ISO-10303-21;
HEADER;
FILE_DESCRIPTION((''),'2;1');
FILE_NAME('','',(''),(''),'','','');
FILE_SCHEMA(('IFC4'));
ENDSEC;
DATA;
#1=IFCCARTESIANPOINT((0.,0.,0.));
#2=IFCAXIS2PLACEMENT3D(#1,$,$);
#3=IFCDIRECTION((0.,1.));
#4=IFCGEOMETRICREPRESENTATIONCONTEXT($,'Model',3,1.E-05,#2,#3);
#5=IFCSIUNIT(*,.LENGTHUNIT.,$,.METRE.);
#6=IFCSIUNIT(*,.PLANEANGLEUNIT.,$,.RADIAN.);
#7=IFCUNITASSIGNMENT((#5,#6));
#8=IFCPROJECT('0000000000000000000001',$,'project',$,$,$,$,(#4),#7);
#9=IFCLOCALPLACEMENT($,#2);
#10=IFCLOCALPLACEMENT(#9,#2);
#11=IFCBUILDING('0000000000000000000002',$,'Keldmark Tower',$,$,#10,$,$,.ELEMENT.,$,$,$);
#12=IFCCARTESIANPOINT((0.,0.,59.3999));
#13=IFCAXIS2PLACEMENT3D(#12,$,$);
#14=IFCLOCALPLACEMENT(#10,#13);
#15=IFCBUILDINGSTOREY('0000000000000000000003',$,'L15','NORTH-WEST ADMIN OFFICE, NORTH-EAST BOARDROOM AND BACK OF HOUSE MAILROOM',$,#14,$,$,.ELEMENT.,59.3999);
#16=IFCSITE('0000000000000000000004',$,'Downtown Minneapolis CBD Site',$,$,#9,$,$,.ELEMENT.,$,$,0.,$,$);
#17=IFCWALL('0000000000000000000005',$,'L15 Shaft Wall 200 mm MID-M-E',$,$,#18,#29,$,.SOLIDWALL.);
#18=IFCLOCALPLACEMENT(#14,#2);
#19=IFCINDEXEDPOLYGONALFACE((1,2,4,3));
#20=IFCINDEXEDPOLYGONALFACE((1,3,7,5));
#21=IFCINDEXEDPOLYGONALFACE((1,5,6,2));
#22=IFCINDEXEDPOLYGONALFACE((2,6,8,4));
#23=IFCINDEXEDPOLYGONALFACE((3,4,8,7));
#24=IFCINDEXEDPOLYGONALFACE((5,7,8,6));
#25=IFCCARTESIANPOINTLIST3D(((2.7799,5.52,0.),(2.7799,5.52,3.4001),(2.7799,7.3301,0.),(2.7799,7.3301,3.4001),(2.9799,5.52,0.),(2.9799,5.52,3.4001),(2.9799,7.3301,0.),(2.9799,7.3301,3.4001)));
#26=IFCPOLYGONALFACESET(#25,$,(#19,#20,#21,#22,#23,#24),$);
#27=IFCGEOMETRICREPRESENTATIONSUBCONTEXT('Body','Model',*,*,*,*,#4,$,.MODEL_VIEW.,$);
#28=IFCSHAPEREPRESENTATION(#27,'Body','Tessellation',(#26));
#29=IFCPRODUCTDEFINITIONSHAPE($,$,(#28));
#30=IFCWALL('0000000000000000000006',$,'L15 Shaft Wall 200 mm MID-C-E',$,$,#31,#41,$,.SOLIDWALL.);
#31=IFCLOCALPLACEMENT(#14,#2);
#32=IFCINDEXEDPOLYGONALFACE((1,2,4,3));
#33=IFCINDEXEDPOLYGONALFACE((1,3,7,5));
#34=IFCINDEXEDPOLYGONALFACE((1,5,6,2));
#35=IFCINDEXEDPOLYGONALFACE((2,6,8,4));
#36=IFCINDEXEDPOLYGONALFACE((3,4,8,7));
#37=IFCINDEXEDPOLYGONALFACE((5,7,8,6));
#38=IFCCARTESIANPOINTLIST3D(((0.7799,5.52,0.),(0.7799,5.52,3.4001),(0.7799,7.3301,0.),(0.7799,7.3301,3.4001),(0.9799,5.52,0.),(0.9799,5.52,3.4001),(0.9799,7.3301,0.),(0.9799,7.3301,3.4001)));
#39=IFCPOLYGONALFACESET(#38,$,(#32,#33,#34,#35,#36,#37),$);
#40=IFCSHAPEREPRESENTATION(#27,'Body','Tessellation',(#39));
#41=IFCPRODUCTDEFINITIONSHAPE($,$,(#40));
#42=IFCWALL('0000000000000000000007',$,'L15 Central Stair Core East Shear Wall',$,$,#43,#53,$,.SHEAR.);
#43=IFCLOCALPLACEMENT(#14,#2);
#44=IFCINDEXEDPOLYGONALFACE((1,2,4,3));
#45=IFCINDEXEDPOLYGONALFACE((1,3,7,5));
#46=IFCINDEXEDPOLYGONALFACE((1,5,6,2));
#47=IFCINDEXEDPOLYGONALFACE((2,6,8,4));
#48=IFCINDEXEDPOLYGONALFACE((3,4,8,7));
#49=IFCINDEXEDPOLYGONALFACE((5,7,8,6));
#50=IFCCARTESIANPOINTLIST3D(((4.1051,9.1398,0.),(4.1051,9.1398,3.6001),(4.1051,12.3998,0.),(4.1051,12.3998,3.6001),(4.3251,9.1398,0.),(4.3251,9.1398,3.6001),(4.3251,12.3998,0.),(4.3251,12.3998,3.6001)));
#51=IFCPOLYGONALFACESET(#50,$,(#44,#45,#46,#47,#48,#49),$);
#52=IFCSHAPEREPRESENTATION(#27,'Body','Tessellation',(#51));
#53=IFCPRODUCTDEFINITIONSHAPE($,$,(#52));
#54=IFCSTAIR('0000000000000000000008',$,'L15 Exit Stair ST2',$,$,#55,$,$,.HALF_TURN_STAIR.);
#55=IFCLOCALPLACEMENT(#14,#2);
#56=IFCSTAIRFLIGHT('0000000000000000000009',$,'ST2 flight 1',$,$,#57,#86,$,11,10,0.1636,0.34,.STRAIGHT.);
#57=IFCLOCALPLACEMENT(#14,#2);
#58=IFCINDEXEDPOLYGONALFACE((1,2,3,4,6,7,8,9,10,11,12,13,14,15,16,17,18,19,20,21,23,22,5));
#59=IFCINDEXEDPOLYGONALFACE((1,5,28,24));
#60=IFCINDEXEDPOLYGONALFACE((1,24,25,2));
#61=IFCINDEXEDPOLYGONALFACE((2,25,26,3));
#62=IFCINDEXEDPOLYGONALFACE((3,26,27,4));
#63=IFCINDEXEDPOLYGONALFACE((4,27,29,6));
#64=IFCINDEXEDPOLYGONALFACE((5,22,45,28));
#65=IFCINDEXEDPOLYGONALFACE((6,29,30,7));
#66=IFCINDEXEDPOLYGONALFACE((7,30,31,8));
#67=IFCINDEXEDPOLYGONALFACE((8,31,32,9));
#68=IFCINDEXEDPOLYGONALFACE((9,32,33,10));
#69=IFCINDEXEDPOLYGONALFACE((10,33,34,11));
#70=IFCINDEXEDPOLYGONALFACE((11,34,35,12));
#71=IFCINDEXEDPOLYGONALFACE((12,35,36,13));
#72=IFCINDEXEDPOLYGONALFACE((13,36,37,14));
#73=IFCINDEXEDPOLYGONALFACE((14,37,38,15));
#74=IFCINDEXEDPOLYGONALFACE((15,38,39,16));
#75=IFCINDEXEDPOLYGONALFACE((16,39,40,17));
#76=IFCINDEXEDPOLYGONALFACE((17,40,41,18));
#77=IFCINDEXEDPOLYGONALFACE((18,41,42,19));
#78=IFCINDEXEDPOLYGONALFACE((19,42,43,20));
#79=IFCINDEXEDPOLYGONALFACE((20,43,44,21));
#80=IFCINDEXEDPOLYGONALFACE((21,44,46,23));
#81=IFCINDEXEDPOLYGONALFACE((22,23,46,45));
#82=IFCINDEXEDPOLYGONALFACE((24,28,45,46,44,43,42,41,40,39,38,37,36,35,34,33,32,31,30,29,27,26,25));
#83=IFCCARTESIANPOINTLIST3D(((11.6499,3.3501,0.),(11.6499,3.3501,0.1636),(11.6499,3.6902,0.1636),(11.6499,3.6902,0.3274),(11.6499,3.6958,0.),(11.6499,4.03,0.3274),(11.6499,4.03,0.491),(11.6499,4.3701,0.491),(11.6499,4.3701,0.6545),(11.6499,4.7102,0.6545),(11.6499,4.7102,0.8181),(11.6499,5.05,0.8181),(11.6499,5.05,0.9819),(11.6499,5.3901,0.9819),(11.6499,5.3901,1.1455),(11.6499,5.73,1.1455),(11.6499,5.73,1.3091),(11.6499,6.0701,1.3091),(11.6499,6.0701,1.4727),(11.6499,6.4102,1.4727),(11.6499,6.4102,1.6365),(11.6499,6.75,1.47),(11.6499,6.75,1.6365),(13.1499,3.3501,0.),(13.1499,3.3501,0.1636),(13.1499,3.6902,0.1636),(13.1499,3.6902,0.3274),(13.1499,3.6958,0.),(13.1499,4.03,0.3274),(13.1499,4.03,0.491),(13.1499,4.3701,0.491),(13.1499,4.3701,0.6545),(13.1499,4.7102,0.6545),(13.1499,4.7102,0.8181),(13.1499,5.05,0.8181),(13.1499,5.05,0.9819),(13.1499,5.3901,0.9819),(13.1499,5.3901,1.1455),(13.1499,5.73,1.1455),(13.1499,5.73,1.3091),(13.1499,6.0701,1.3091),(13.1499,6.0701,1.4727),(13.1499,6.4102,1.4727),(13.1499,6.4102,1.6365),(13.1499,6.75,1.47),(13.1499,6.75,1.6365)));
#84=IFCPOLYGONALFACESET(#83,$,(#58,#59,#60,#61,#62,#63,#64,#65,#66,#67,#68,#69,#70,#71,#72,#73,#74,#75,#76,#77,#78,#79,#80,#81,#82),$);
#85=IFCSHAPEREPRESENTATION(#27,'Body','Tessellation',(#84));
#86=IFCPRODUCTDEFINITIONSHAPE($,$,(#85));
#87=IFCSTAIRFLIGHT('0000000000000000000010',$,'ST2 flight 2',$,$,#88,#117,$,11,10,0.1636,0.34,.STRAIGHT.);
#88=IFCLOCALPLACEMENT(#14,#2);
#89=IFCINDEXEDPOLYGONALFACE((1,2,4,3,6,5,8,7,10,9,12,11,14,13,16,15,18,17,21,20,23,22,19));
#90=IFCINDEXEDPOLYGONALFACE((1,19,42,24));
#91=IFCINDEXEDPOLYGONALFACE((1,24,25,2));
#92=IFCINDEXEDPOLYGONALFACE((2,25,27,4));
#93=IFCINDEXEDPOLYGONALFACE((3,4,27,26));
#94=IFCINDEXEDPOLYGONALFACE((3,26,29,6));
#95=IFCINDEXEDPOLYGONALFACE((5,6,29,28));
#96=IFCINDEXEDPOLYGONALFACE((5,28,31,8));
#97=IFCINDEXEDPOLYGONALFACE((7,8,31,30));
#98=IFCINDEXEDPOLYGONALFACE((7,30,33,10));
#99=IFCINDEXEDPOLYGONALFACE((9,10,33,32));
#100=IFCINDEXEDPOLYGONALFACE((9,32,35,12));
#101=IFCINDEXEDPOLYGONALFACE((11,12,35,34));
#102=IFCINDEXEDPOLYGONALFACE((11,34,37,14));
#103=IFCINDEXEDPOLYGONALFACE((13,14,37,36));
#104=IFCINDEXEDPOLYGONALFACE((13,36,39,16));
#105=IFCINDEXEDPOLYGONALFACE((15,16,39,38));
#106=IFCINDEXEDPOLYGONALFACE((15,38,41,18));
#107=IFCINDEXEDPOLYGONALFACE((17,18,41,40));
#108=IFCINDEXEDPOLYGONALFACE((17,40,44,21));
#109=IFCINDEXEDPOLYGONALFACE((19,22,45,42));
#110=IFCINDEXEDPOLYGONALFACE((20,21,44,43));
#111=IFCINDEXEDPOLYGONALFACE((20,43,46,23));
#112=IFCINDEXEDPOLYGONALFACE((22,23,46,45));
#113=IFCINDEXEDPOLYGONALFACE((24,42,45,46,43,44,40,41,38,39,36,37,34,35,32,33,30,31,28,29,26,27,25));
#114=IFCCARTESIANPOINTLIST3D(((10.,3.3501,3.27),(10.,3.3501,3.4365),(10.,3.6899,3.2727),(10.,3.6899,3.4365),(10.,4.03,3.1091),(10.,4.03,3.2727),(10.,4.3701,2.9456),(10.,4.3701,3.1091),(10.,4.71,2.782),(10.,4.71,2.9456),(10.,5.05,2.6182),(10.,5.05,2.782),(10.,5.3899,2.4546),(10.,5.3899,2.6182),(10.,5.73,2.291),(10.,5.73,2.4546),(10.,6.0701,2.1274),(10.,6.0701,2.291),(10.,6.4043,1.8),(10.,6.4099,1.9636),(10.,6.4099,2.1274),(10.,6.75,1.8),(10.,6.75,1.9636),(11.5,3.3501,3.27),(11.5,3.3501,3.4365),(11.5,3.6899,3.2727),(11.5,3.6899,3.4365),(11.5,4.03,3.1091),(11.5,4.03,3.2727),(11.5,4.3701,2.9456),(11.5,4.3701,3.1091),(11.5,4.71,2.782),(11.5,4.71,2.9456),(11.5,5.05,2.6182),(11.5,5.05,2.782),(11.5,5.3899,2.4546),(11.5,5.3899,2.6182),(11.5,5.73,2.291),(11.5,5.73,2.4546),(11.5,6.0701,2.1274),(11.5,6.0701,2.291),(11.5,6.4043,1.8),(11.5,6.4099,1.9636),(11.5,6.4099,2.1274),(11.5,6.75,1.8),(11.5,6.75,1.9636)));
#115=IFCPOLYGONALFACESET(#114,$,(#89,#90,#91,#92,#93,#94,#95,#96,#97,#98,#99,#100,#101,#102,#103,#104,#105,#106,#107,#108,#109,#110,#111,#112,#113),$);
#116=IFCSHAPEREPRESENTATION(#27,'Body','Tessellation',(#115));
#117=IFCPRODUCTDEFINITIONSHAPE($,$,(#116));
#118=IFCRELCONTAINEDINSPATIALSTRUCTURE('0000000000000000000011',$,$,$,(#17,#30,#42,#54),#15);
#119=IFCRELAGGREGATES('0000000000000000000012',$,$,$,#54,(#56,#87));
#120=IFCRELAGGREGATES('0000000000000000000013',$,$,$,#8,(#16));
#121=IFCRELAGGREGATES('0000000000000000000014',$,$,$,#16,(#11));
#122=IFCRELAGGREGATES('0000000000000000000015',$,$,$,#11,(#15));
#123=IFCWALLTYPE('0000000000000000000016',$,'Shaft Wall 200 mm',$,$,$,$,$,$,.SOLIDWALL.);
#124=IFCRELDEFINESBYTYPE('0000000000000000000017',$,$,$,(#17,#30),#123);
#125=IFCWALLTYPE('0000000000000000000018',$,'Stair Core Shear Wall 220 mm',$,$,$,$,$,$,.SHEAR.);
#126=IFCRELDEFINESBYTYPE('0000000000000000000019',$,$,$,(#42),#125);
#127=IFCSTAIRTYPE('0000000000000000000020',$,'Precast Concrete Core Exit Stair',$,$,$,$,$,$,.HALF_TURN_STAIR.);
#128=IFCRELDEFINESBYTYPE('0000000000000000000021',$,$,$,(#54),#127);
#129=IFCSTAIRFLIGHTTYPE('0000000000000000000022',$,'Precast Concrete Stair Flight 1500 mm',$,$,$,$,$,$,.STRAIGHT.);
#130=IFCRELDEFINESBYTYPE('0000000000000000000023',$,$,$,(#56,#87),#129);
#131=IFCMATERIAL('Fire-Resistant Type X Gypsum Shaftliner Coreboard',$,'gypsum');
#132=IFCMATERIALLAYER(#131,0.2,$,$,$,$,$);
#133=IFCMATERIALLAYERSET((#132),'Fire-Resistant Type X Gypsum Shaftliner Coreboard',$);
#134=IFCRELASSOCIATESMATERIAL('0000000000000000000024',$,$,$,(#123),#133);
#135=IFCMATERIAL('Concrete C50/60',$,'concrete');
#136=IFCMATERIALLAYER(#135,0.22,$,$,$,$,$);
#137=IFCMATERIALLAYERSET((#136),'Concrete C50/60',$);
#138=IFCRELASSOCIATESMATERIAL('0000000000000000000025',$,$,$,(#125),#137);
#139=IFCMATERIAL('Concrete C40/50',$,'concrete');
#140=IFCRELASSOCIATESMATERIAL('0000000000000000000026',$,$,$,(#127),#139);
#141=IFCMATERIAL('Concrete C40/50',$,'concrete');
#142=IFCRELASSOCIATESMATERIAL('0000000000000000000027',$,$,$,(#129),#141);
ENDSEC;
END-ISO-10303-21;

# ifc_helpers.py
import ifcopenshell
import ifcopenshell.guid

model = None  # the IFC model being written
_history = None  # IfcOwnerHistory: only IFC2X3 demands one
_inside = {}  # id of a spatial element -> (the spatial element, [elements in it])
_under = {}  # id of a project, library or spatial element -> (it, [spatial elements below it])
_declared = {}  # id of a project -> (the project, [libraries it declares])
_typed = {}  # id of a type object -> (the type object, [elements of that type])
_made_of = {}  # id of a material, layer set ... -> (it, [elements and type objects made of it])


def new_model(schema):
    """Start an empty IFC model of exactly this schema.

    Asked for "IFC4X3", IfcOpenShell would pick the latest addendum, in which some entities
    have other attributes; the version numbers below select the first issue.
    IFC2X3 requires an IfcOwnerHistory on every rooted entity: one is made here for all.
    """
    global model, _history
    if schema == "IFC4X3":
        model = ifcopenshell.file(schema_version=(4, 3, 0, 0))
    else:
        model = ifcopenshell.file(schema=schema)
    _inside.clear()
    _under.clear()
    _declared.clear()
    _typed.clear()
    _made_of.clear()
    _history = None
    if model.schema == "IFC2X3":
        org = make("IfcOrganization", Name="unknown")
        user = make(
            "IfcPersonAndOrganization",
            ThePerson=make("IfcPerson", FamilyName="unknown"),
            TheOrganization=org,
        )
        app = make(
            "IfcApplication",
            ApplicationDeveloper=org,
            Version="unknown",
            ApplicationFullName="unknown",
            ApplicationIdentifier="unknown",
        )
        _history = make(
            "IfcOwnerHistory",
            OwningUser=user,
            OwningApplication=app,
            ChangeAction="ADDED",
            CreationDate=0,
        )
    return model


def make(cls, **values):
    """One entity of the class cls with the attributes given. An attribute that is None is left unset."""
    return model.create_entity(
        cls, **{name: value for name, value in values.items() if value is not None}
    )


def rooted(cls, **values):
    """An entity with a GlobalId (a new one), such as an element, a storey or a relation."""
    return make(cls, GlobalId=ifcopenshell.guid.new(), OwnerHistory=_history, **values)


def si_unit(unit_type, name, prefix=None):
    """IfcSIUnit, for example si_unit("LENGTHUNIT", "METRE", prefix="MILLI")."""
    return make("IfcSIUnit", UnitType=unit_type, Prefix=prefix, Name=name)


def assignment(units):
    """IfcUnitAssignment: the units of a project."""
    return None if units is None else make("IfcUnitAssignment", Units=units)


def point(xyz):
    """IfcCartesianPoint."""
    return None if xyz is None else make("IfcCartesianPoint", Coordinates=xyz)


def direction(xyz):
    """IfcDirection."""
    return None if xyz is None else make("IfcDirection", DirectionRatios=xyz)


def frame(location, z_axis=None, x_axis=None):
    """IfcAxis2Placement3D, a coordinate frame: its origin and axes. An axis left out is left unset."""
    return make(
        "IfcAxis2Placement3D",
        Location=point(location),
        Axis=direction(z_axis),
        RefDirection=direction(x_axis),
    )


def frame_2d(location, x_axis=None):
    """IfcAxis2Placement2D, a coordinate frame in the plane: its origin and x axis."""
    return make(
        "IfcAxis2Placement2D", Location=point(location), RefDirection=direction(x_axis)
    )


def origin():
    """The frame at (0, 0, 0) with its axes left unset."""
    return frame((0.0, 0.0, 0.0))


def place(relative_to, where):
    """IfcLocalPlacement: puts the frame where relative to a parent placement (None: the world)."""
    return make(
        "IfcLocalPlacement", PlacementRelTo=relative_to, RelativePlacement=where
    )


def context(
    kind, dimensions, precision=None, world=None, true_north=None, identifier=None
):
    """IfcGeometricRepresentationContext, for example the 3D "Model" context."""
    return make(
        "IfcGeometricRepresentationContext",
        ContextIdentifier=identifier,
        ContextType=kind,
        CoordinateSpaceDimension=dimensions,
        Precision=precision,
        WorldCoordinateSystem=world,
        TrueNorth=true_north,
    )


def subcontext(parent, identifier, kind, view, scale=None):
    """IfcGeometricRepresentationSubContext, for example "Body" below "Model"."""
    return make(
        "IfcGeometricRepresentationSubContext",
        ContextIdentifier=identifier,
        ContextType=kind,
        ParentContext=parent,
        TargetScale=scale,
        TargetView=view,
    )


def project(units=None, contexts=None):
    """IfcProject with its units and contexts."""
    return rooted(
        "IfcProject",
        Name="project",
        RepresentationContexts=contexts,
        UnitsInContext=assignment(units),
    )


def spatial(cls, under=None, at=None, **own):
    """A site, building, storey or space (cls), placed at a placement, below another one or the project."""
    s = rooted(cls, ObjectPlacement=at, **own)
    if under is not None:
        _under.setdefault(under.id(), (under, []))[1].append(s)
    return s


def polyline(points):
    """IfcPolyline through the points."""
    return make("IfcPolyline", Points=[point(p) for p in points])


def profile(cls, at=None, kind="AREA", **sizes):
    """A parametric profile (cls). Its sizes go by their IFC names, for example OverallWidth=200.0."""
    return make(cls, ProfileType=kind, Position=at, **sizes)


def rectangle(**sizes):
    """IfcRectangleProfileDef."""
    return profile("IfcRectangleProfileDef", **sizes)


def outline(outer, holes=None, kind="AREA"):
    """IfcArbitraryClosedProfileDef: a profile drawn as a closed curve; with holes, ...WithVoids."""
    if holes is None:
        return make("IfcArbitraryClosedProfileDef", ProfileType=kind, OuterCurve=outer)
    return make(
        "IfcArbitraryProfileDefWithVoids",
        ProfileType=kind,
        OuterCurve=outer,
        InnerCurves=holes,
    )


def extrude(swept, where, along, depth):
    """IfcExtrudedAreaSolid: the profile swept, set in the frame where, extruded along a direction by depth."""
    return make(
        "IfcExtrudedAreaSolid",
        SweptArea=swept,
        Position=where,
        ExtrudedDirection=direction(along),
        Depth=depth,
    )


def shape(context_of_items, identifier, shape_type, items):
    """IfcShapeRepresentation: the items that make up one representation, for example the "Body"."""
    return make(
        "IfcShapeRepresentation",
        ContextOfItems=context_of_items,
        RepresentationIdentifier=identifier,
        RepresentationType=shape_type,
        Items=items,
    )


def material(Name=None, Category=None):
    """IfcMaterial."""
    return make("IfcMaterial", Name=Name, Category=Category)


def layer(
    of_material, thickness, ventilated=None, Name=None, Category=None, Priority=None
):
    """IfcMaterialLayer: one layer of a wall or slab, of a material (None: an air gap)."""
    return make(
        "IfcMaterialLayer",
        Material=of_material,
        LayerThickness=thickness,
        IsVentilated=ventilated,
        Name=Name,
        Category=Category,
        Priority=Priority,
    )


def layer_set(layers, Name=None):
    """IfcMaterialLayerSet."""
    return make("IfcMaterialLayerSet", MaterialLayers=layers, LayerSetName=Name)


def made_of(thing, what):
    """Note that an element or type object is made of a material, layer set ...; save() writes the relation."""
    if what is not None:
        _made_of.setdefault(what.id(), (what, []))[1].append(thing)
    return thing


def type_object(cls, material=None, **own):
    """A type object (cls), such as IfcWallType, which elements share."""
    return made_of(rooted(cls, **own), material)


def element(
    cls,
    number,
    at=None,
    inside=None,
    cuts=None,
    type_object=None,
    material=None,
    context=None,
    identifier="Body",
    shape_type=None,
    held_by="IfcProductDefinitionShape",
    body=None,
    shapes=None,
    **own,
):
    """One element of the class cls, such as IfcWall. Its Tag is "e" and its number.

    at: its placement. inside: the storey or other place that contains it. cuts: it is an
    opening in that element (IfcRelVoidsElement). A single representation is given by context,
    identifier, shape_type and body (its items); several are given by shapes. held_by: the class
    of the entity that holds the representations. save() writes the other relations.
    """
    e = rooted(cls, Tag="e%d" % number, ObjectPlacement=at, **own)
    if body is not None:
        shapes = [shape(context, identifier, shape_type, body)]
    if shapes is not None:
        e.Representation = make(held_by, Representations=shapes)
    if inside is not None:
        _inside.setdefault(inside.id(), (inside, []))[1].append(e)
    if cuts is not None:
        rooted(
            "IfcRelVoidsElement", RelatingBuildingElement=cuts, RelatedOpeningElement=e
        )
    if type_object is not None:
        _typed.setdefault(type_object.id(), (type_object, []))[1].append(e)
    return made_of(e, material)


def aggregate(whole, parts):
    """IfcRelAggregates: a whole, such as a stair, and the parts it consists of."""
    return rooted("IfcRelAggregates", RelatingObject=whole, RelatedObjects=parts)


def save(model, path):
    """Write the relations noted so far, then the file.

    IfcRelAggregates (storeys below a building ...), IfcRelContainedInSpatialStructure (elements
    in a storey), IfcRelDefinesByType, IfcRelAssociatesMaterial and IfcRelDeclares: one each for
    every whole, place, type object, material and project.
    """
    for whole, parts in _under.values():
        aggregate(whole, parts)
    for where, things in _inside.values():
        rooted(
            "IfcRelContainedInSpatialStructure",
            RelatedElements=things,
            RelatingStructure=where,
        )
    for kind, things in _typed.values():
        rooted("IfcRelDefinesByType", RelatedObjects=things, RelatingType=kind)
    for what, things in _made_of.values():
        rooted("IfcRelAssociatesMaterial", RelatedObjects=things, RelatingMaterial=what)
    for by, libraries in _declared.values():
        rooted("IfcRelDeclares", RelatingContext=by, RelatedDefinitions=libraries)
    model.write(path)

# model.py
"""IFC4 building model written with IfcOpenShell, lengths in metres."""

from ifc_helpers import new_model, si_unit, direction, frame, frame_2d, origin, place, context, subcontext, project, spatial, polyline, rectangle, outline, extrude, material, layer, layer_set, type_object, element, aggregate, save


model = new_model("IFC4")

# Units and contexts
model_context = context("Model", 3, precision=1e-05, world=origin(), true_north=direction((0.0, 1.0)))
body_context = subcontext(model_context, "Body", "Model", "MODEL_VIEW")
ifc_project = project(units=[si_unit("LENGTHUNIT", "METRE"), si_unit("PLANEANGLEUNIT", "RADIAN")], contexts=[model_context])

# Site, building, storey
site_placement = place(None, origin())
site = spatial("IfcSite", under=ifc_project, at=site_placement, Name="Downtown Minneapolis CBD Site", CompositionType="ELEMENT", RefElevation=0.0)
building_placement = place(site_placement, origin())
building = spatial("IfcBuilding", under=site, at=building_placement, Name="Keldmark Tower", CompositionType="ELEMENT")
storey_placement = place(building_placement, frame((0.0, 0.0, 59.3999)))
storey = spatial("IfcBuildingStorey", under=building, at=storey_placement, Name="L15", Description="NORTH-WEST ADMIN OFFICE, NORTH-EAST BOARDROOM AND BACK OF HOUSE MAILROOM", CompositionType="ELEMENT", Elevation=59.3999)

# Shared definitions
ifc_material_1 = material(Name="Fire-Resistant Type X Gypsum Shaftliner Coreboard", Category="gypsum")
ifc_layer_1 = layer(ifc_material_1, 0.2)
ifc_layer_set_1 = layer_set([ifc_layer_1], Name="Fire-Resistant Type X Gypsum Shaftliner Coreboard")
wall_type_1 = type_object("IfcWallType", Name="Shaft Wall 200 mm", PredefinedType="SOLIDWALL", material=ifc_layer_set_1)

# Walls
for number, where, z_axis, x_axis, name in (
    (1, (2.8799, 5.52, 0.0), (0.0, 0.0, 1.0), (0.0, 1.0, 0.0), "L15 Shaft Wall 200 mm MID-M-E"),
    (2, (0.8799, 5.52, 0.0), (0.0, 0.0, 1.0), (0.0, 1.0, 0.0), "L15 Shaft Wall 200 mm MID-C-E"),
):
    element("IfcWall", number, at=place(storey_placement, frame(where, z_axis=z_axis, x_axis=x_axis)), inside=storey, type_object=wall_type_1, Name=name, PredefinedType="SOLIDWALL", context=body_context, shape_type="SweptSolid", body=[
        extrude(rectangle(XDim=1.8101, YDim=0.2, at=frame_2d((0.905, 0.0))), origin(), (0.0, 0.0, 1.0), 3.4001),
    ])
ifc_material_2 = material(Name="Concrete C50/60", Category="concrete")
ifc_layer_2 = layer(ifc_material_2, 0.22)
ifc_layer_set_2 = layer_set([ifc_layer_2], Name="Concrete C50/60")
wall_type_2 = type_object("IfcWallType", Name="Stair Core Shear Wall 220 mm", PredefinedType="SHEAR", material=ifc_layer_set_2)
wall_1_placement = place(storey_placement, frame((4.2151, 9.1399, 0.0), z_axis=(0.0, 0.0, 1.0), x_axis=(0.0, 1.0, 0.0)))
element("IfcWall", 3, at=wall_1_placement, inside=storey, type_object=wall_type_2, Name="L15 Central Stair Core East Shear Wall", PredefinedType="SHEAR", context=body_context, shape_type="SweptSolid", body=[
    extrude(rectangle(XDim=3.26, YDim=0.22, at=frame_2d((1.6299, 0.0))), origin(), (0.0, 0.0, 1.0), 3.6001),
])

# Stair, stair flights
ifc_material_3 = material(Name="Concrete C40/50", Category="concrete")
stair_type = type_object("IfcStairType", Name="Precast Concrete Core Exit Stair", PredefinedType="HALF_TURN_STAIR", material=ifc_material_3)
stair_placement = place(storey_placement, origin())
stair = element("IfcStair", 4, at=stair_placement, inside=storey, type_object=stair_type, Name="L15 Exit Stair ST2", PredefinedType="HALF_TURN_STAIR")
ifc_material_4 = material(Name="Concrete C40/50", Category="concrete")
stair_flight_type = type_object("IfcStairFlightType", Name="Precast Concrete Stair Flight 1500 mm", PredefinedType="STRAIGHT", material=ifc_material_4)
stair_flight_1_placement = place(storey_placement, frame((12.3999, 3.3501, 0.0), z_axis=(0.0, 0.0, 1.0), x_axis=(0.0, 1.0, 0.0)))
stair_flight_1 = element("IfcStairFlight", 5, at=stair_flight_1_placement, type_object=stair_flight_type, Name="ST2 flight 1", NumberOfRisers=11, NumberOfTreads=10, PredefinedType="STRAIGHT", RiserHeight=0.1636, TreadLength=0.34, context=body_context, shape_type="SweptSolid", body=[
    extrude(outline(polyline([(0.0, 0.0), (0.0, 0.1636), (0.3401, 0.1636), (0.3401, 0.3274), (0.6799, 0.3274), (0.6799, 0.491), (1.02, 0.491), (1.02, 0.6545), (1.3601, 0.6545), (1.3601, 0.8181), (1.7, 0.8181), (1.7, 0.9819), (2.04, 0.9819), (2.04, 1.1455), (2.3799, 1.1455), (2.3799, 1.3091), (2.72, 1.3091), (2.72, 1.4727), (3.0601, 1.4727), (3.0601, 1.6365), (3.3999, 1.6365), (3.3999, 1.8), (3.3999, 1.47), (0.3457, 0.0), (0.0, 0.0)])), frame((0.0, 0.75, 0.0), z_axis=(0.0, -1.0, 0.0), x_axis=(1.0, 0.0, 0.0)), (0.0, 0.0, 1.0), 1.5),
])
stair_flight_2_placement = place(storey_placement, frame((10.75, 6.75, 1.8), z_axis=(0.0, 0.0, 1.0), x_axis=(0.0, -1.0, 0.0)))
stair_flight_2 = element("IfcStairFlight", 6, at=stair_flight_2_placement, type_object=stair_flight_type, Name="ST2 flight 2", NumberOfRisers=11, NumberOfTreads=10, PredefinedType="STRAIGHT", RiserHeight=0.1636, TreadLength=0.34, context=body_context, shape_type="SweptSolid", body=[
    extrude(outline(polyline([(0.0, 0.0), (0.0, 0.1636), (0.3401, 0.1636), (0.3401, 0.3274), (0.6799, 0.3274), (0.6799, 0.491), (1.02, 0.491), (1.02, 0.6545), (1.3601, 0.6545), (1.3601, 0.8181), (1.7, 0.8181), (1.7, 0.9819), (2.04, 0.9819), (2.04, 1.1455), (2.3799, 1.1455), (2.3799, 1.3091), (2.72, 1.3091), (2.72, 1.4727), (3.0601, 1.4727), (3.0601, 1.6365), (3.3999, 1.6365), (3.3999, 1.8), (3.3999, 1.47), (0.3457, 0.0), (0.0, 0.0)])), frame((0.0, 0.75, 0.0), z_axis=(0.0, -1.0, 0.0), x_axis=(1.0, 0.0, 0.0)), (0.0, 0.0, 1.0), 1.5),
])
aggregate(stair, [stair_flight_1, stair_flight_2])

save(model, "model.ifc")
